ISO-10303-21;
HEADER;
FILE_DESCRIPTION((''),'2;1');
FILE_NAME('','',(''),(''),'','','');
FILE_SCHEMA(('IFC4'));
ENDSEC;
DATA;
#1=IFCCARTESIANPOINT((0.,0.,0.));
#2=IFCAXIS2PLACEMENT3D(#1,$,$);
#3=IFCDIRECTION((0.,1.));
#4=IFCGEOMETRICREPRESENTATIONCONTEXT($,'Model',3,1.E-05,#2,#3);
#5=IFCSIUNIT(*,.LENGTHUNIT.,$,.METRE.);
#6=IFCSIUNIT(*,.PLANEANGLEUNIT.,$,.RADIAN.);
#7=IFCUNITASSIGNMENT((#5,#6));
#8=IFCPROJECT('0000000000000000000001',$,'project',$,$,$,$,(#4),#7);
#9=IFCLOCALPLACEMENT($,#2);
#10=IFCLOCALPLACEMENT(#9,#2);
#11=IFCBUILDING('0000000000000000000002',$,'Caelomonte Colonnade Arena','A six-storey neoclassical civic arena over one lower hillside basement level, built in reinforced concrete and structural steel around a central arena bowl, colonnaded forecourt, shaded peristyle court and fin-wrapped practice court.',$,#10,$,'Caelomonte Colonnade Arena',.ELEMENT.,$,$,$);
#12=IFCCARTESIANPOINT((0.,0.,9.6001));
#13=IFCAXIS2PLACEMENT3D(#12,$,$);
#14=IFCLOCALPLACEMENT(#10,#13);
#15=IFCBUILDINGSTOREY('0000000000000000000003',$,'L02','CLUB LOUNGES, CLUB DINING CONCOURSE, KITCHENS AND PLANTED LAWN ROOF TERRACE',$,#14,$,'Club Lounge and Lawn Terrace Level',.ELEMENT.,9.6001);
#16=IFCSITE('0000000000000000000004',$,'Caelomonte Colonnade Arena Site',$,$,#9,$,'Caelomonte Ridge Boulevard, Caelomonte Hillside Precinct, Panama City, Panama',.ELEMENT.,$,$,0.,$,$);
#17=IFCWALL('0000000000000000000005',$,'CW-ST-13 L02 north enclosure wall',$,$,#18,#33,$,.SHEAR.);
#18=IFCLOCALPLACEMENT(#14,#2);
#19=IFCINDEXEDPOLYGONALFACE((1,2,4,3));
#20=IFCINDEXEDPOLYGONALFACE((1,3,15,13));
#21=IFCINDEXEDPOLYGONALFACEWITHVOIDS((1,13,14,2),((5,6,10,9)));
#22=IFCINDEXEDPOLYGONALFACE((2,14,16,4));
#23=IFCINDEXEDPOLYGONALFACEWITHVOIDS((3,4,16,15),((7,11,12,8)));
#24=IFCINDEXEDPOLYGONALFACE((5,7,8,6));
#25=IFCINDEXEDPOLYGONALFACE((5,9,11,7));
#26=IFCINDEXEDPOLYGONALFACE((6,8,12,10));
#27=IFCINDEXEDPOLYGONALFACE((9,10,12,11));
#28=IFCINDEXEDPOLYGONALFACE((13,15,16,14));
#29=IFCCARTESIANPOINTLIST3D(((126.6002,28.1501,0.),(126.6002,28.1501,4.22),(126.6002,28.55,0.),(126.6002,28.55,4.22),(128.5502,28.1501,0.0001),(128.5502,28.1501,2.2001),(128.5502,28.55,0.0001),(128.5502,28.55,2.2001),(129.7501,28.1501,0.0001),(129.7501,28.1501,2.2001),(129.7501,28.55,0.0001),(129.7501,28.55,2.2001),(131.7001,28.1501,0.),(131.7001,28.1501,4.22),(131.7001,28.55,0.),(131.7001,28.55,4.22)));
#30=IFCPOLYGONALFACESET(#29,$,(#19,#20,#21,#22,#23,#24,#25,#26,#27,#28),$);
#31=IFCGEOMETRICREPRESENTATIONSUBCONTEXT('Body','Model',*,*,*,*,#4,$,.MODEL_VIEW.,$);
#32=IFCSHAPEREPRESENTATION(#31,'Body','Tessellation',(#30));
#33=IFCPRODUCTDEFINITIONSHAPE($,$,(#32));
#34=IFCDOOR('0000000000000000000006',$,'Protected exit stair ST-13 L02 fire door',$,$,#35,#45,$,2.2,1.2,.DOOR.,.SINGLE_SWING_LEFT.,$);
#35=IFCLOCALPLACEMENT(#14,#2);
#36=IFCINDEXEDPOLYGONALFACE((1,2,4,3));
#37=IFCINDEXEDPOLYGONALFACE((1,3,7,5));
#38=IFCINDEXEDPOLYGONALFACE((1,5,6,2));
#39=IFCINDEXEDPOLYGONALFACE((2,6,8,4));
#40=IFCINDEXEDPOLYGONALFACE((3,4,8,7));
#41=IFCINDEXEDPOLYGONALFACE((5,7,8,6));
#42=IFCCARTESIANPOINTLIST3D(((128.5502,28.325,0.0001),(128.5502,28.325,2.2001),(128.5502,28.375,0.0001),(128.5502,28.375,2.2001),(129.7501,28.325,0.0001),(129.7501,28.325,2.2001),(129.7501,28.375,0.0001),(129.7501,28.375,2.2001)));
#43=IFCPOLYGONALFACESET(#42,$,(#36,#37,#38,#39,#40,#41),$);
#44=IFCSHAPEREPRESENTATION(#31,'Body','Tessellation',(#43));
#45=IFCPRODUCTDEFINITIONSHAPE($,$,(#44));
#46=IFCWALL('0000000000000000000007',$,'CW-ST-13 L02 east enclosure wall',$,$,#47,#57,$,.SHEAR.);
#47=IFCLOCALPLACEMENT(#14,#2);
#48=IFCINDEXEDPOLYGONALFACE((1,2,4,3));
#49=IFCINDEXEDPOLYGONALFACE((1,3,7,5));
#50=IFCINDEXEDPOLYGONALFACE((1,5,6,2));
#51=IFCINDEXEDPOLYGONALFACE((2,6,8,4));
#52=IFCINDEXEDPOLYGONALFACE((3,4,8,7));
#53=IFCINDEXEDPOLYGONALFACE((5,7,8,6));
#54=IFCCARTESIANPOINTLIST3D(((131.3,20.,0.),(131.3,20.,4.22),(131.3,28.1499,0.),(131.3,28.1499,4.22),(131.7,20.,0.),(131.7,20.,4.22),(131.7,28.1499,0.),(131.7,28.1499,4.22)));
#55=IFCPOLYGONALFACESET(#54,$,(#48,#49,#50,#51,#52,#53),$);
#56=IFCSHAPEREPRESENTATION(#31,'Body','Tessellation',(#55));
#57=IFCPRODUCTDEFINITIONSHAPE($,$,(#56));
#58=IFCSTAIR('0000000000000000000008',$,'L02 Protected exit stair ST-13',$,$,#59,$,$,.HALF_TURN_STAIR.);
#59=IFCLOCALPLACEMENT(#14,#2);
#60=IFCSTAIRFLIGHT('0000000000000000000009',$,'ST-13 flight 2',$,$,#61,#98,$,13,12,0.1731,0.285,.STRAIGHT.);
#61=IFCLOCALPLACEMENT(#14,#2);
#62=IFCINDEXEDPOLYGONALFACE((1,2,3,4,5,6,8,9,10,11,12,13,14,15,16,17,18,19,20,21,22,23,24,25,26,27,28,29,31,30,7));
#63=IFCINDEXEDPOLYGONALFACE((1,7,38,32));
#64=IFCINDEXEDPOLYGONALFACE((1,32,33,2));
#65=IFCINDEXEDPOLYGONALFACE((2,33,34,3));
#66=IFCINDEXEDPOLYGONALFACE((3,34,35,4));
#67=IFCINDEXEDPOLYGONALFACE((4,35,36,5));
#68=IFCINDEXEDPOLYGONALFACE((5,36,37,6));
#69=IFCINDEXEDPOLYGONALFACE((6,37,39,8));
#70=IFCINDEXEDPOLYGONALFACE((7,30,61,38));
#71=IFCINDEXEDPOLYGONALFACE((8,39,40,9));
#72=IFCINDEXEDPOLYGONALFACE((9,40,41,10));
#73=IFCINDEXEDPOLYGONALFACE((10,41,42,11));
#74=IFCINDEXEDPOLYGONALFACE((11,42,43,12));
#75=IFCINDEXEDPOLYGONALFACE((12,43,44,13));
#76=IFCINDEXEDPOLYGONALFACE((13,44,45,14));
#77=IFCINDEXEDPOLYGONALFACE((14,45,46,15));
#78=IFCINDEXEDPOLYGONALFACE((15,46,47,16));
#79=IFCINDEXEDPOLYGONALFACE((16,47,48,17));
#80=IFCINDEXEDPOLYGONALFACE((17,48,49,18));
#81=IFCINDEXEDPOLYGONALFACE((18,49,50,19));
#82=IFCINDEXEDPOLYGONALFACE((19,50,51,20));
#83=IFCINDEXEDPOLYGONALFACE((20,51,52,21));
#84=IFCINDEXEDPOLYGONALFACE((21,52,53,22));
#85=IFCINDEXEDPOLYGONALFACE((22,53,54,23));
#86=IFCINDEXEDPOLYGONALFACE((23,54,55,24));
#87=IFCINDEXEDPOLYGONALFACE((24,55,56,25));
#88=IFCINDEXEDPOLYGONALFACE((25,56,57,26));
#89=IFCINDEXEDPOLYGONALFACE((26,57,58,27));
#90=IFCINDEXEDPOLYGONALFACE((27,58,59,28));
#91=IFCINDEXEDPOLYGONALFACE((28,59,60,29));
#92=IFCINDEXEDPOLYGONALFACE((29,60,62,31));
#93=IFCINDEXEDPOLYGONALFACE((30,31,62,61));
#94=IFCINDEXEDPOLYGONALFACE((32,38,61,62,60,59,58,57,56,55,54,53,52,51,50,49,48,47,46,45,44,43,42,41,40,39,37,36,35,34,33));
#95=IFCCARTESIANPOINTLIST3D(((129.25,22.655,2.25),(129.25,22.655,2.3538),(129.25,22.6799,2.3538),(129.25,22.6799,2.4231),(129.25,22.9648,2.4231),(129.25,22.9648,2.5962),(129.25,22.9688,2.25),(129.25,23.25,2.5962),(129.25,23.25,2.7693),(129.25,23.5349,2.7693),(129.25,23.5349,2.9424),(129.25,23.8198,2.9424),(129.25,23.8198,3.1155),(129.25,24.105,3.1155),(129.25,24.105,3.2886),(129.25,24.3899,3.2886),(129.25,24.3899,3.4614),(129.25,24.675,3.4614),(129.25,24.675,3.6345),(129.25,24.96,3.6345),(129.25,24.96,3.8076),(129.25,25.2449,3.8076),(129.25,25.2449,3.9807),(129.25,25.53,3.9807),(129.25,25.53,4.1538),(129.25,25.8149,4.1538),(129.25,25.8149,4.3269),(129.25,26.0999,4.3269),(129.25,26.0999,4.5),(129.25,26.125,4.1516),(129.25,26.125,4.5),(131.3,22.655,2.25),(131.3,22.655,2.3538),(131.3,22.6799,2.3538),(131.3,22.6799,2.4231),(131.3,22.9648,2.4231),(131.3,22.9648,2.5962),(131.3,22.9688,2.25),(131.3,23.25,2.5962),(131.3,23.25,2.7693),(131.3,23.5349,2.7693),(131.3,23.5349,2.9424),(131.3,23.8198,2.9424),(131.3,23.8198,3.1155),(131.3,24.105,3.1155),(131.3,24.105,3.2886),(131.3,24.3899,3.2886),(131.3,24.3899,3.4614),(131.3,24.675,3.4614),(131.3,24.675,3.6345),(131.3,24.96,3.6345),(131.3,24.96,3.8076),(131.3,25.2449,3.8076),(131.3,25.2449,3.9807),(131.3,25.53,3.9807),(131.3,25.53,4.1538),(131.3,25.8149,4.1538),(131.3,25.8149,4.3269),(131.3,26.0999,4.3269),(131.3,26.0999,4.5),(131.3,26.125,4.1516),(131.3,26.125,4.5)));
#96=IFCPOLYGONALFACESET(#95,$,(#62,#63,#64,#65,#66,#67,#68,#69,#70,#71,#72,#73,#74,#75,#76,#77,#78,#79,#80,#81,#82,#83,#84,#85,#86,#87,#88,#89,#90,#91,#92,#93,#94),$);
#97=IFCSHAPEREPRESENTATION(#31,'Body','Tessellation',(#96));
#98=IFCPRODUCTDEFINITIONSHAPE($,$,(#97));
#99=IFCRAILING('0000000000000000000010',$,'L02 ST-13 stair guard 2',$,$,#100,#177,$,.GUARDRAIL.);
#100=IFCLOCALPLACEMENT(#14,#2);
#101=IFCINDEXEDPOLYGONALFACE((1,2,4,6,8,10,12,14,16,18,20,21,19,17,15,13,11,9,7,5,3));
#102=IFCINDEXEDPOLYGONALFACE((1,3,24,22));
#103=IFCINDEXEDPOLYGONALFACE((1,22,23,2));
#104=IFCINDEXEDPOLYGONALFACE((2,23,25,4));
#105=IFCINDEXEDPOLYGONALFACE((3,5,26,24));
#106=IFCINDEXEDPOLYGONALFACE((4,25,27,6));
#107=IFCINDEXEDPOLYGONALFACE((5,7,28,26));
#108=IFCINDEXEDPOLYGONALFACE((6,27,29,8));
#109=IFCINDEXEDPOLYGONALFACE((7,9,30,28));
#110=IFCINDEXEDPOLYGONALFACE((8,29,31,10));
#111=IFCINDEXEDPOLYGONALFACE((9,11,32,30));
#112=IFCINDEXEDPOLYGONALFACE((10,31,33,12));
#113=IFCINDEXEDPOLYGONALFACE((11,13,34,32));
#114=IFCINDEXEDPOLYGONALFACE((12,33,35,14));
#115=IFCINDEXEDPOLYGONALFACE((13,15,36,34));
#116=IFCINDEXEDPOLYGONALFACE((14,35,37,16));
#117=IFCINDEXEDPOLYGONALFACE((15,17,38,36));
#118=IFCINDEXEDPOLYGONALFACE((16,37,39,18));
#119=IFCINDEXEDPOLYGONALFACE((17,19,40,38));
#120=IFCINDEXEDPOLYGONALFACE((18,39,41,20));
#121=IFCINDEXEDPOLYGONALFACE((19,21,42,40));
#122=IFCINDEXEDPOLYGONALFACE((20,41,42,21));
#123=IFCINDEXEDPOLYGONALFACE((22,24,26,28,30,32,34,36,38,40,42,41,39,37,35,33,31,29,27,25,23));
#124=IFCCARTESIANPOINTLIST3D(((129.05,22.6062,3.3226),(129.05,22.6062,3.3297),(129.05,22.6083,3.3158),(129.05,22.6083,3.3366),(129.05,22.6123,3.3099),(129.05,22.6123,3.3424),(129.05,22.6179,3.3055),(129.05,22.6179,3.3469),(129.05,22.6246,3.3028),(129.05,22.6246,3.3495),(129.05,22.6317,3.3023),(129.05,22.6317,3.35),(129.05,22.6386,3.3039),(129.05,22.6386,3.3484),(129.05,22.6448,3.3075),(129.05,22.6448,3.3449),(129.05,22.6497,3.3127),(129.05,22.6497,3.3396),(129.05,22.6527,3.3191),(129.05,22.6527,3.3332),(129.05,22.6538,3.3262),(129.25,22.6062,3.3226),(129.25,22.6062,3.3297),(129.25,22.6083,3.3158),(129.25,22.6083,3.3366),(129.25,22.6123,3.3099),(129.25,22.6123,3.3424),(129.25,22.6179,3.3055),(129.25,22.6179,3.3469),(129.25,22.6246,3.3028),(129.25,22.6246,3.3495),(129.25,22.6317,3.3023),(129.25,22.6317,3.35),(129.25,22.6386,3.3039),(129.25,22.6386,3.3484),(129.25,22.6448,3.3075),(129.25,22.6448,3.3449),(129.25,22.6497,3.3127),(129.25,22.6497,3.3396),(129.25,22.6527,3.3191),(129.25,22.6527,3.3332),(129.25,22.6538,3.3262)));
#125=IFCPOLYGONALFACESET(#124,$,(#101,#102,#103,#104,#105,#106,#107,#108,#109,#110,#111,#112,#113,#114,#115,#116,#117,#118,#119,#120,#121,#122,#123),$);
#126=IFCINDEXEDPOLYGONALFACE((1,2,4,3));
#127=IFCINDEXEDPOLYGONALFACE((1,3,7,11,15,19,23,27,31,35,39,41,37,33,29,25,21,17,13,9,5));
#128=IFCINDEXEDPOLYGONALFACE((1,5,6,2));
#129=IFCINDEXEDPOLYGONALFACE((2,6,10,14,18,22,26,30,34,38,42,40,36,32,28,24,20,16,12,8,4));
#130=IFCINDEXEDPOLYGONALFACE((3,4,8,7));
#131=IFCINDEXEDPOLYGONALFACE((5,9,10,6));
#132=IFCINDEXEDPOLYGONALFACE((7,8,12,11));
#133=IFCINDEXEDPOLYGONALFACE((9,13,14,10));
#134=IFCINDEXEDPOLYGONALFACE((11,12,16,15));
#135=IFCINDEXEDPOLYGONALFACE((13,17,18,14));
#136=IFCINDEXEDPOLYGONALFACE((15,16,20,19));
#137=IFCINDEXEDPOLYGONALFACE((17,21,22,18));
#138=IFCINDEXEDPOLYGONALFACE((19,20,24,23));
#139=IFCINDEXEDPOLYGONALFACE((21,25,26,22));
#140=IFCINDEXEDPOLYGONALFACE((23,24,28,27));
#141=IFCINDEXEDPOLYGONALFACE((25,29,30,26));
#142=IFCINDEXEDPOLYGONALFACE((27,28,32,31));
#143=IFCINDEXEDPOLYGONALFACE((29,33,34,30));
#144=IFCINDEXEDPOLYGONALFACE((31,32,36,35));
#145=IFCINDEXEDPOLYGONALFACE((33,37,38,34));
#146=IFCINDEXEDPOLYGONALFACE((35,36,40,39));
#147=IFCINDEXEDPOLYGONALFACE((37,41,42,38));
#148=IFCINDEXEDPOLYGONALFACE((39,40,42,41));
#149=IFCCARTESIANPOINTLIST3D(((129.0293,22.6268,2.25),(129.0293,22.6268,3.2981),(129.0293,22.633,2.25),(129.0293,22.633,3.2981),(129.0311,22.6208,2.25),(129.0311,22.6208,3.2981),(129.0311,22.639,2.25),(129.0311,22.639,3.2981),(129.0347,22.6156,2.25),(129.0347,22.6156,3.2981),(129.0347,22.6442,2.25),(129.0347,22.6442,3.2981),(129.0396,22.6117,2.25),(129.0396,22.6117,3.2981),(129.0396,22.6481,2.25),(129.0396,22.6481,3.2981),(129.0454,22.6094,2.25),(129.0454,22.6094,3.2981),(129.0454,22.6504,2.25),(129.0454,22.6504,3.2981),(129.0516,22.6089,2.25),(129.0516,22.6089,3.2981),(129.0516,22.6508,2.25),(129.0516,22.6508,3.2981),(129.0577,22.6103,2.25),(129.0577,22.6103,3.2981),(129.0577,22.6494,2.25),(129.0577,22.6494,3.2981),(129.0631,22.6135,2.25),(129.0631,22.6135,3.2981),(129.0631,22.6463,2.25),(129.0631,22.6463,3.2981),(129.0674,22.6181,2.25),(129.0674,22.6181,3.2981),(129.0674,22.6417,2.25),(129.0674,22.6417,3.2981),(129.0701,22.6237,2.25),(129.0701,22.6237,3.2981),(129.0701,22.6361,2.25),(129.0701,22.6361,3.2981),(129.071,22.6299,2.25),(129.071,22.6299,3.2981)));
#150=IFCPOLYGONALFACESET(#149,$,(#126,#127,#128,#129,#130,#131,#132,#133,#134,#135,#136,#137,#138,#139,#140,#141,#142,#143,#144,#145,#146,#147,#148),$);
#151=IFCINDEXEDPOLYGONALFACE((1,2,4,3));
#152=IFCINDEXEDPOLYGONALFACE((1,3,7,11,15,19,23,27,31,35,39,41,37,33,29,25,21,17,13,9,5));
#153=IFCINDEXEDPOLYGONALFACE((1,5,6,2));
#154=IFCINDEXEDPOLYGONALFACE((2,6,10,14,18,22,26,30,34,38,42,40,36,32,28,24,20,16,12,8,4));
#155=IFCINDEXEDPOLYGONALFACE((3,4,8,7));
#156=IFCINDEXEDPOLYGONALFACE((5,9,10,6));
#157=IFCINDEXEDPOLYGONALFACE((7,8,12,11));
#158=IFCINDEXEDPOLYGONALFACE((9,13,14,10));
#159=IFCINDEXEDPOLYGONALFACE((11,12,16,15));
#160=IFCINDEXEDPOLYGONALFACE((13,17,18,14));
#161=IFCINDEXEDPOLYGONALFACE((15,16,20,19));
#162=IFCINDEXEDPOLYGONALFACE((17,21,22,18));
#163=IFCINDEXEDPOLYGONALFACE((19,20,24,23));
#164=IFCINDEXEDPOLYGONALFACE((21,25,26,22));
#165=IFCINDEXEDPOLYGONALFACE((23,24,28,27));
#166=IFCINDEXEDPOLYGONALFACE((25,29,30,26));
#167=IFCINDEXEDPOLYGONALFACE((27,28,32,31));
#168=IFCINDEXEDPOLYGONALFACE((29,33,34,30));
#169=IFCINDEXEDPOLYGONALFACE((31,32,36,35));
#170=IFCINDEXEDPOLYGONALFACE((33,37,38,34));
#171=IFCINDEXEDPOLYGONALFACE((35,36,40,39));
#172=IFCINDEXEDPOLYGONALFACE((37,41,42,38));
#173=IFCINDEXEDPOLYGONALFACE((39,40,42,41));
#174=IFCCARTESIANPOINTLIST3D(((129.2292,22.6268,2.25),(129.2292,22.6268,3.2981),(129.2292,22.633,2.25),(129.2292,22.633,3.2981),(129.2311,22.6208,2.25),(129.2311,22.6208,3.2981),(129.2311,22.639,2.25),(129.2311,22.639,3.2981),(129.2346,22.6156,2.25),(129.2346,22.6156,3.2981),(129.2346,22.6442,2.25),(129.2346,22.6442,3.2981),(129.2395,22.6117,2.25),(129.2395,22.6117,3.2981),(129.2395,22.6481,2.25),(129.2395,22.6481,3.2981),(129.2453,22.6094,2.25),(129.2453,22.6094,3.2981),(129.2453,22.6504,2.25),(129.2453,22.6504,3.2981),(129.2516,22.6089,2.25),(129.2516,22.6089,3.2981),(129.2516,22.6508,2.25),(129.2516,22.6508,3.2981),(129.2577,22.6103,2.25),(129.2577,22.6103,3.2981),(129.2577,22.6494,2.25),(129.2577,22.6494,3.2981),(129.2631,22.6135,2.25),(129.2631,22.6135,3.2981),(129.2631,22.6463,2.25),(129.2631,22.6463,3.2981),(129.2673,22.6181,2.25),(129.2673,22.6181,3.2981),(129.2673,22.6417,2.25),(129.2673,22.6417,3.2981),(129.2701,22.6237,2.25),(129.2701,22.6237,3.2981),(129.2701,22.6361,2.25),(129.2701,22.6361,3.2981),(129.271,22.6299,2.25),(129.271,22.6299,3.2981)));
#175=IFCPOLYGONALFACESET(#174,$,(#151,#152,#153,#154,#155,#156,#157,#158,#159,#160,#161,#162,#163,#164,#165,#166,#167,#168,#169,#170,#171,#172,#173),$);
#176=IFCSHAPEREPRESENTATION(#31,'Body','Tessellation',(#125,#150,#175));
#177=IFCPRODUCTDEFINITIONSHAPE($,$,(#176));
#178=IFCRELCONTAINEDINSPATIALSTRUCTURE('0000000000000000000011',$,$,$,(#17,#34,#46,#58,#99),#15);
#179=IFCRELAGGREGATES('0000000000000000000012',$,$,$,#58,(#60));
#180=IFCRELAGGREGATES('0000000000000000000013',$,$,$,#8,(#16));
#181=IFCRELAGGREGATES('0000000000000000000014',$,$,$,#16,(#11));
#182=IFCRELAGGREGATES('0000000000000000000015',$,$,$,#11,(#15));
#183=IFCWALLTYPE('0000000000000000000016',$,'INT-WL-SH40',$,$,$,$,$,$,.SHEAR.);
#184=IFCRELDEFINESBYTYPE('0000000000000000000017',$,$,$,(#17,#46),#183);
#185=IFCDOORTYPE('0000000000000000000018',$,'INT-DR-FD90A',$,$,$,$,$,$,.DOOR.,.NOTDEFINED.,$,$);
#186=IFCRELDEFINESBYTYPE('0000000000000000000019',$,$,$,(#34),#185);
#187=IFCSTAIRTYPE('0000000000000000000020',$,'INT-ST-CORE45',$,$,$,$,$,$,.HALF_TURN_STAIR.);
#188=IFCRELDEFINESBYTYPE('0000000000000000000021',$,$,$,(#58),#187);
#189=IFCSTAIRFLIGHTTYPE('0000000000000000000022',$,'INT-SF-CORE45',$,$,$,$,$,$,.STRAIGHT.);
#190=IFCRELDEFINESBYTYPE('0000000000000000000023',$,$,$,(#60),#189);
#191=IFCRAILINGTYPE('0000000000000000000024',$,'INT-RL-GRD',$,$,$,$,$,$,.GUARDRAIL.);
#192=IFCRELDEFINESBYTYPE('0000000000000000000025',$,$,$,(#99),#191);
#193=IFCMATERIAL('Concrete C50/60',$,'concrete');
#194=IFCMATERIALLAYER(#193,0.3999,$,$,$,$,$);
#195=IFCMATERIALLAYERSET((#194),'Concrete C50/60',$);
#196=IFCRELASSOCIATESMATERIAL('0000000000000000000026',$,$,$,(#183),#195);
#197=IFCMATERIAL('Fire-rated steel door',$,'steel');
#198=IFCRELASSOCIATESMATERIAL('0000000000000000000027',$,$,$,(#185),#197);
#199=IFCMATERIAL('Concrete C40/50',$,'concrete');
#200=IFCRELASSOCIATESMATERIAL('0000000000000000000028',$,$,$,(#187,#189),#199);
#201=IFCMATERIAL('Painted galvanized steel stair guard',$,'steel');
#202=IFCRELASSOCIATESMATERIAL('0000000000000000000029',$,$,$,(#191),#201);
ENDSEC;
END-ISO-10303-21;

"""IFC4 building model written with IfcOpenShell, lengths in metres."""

from ifc_helpers import new_model, si_unit, direction, frame, frame_2d, origin, origin_2d, place, context, subcontext, project, spatial, polyline, rectangle, circle, outline, extrude, material, layer, layer_set, type_object, element, fill, aggregate, save


model = new_model("IFC4")

# Units and contexts
model_context = context("Model", 3, precision=1e-05, world=origin(), true_north=direction((0.0, 1.0)))
body_context = subcontext(model_context, "Body", "Model", "MODEL_VIEW")
ifc_project = project(units=[si_unit("LENGTHUNIT", "METRE"), si_unit("PLANEANGLEUNIT", "RADIAN")], contexts=[model_context])

# Site, building, storey
site_placement = place(None, origin())
site = spatial("IfcSite", under=ifc_project, at=site_placement, Name="Caelomonte Colonnade Arena Site", LongName="Caelomonte Ridge Boulevard, Caelomonte Hillside Precinct, Panama City, Panama", CompositionType="ELEMENT", RefElevation=0.0)
building_placement = place(site_placement, origin())
building = spatial("IfcBuilding", under=site, at=building_placement, Name="Caelomonte Colonnade Arena", Description="A six-storey neoclassical civic arena over one lower hillside basement level, built in reinforced concrete and structural steel around a central arena bowl, colonnaded forecourt, shaded peristyle court and fin-wrapped practice court.", LongName="Caelomonte Colonnade Arena", CompositionType="ELEMENT")
storey_placement = place(building_placement, frame((0.0, 0.0, 9.6001)))
storey = spatial("IfcBuildingStorey", under=building, at=storey_placement, Name="L02", Description="CLUB LOUNGES, CLUB DINING CONCOURSE, KITCHENS AND PLANTED LAWN ROOF TERRACE", LongName="Club Lounge and Lawn Terrace Level", CompositionType="ELEMENT", Elevation=9.6001)

# Shared definitions
ifc_material_1 = material(Name="Concrete C50/60", Category="concrete")

# Wall, opening, door
ifc_layer_1 = layer(ifc_material_1, 0.3999)
ifc_layer_set_1 = layer_set([ifc_layer_1], Name="Concrete C50/60")
wall_type_1 = type_object("IfcWallType", Name="INT-WL-SH40", PredefinedType="SHEAR", material=ifc_layer_set_1)
wall_1_placement = place(storey_placement, frame((131.7, 28.3501, 0.0), z_axis=(0.0, 0.0, 1.0), x_axis=(-1.0, 0.0, 0.0)))
wall_1 = element("IfcWall", 1, at=wall_1_placement, inside=storey, type_object=wall_type_1, Name="CW-ST-13 L02 north enclosure wall", PredefinedType="SHEAR", context=body_context, shape_type="SweptSolid", body=[
    extrude(rectangle(XDim=5.0999, YDim=0.3999, at=frame_2d((2.5498, 0.0))), origin(), (0.0, 0.0, 1.0), 4.22),
])
opening_placement = place(wall_1_placement, frame((3.1499, 0.0, 0.0), z_axis=(0.0, 0.0, 1.0), x_axis=(-1.0, 0.0, 0.0)))
opening = element("IfcOpeningElement", 2, at=opening_placement, cuts=wall_1, PredefinedType="OPENING", context=body_context, shape_type="SweptSolid", body=[
    extrude(rectangle(XDim=1.2, YDim=2.2, at=frame_2d((0.6001, 1.1001))), frame((0.0, 0.21, 0.0), z_axis=(0.0, -1.0, 0.0), x_axis=(1.0, 0.0, 0.0)), (0.0, 0.0, 1.0), 0.4199),
])
ifc_material_2 = material(Name="Fire-rated steel door", Category="steel")
door_type = type_object("IfcDoorType", Name="INT-DR-FD90A", OperationType="NOTDEFINED", PredefinedType="DOOR", material=ifc_material_2)
door_placement = place(opening_placement, origin())
door = element("IfcDoor", 3, at=door_placement, inside=storey, type_object=door_type, Name="Protected exit stair ST-13 L02 fire door", OperationType="SINGLE_SWING_LEFT", OverallHeight=2.2, OverallWidth=1.2, PredefinedType="DOOR", context=body_context, shape_type="SweptSolid", body=[
    extrude(rectangle(XDim=1.2, YDim=2.2, at=frame_2d((0.6001, 1.1001))), frame((0.0, 0.0249, 0.0), z_axis=(0.0, -1.0, 0.0), x_axis=(1.0, 0.0, 0.0)), (0.0, 0.0, 1.0), 0.05),
])
fill(opening, door)

# Wall
wall_2_placement = place(storey_placement, frame((131.5, 20.0, 0.0), z_axis=(0.0, 0.0, 1.0), x_axis=(0.0, 1.0, 0.0)))
element("IfcWall", 4, at=wall_2_placement, inside=storey, type_object=wall_type_1, Name="CW-ST-13 L02 east enclosure wall", PredefinedType="SHEAR", context=body_context, shape_type="SweptSolid", body=[
    extrude(rectangle(XDim=8.1499, YDim=0.3999, at=frame_2d((4.075, 0.0))), origin(), (0.0, 0.0, 1.0), 4.22),
])

# Stair, stair flight
ifc_material_3 = material(Name="Concrete C40/50", Category="concrete")
stair_type = type_object("IfcStairType", Name="INT-ST-CORE45", PredefinedType="HALF_TURN_STAIR", material=ifc_material_3)
stair_placement = place(storey_placement, origin())
stair = element("IfcStair", 5, at=stair_placement, inside=storey, type_object=stair_type, Name="L02 Protected exit stair ST-13", PredefinedType="HALF_TURN_STAIR")
stair_flight_type = type_object("IfcStairFlightType", Name="INT-SF-CORE45", PredefinedType="STRAIGHT", material=ifc_material_3)
stair_flight_placement = place(storey_placement, frame((130.2749, 22.6799, 2.25), z_axis=(0.0, 0.0, 1.0), x_axis=(0.0, 1.0, 0.0)))
stair_flight = element("IfcStairFlight", 6, at=stair_flight_placement, type_object=stair_flight_type, Name="ST-13 flight 2", NumberOfRisers=13, NumberOfTreads=12, PredefinedType="STRAIGHT", RiserHeight=0.1731, TreadLength=0.285, context=body_context, shape_type="SweptSolid", body=[
    extrude(outline(polyline([(-0.0249, 0.0), (-0.0249, 0.1038), (0.0, 0.1038), (0.0, 0.1731), (0.2849, 0.1731), (0.2849, 0.3462), (0.5701, 0.3462), (0.5701, 0.5193), (0.855, 0.5193), (0.855, 0.6924), (1.1399, 0.6924), (1.1399, 0.8655), (1.425, 0.8655), (1.425, 1.0386), (1.71, 1.0386), (1.71, 1.2114), (1.9951, 1.2114), (1.9951, 1.3845), (2.28, 1.3845), (2.28, 1.5576), (2.5649, 1.5576), (2.5649, 1.7307), (2.8501, 1.7307), (2.8501, 1.9038), (3.135, 1.9038), (3.135, 2.0769), (3.4199, 2.0769), (3.4199, 2.25), (3.4451, 2.25), (3.4451, 1.9016), (0.2888, 0.0), (-0.0249, 0.0)])), frame((0.0, 1.0249, 0.0), z_axis=(0.0, -1.0, 0.0), x_axis=(1.0, 0.0, 0.0)), (0.0, 0.0, 1.0), 2.05),
])
aggregate(stair, [stair_flight])

# Railing
ifc_material_4 = material(Name="Painted galvanized steel stair guard", Category="steel")
railing_type_1 = type_object("IfcRailingType", Name="INT-RL-GRD", PredefinedType="GUARDRAIL", material=ifc_material_4)
railing_1_placement = place(storey_placement, frame((129.05, 22.6299, 2.25)))
element("IfcRailing", 7, at=railing_1_placement, inside=storey, type_object=railing_type_1, Name="L02 ST-13 stair guard 2", PredefinedType="GUARDRAIL", context=body_context, shape_type="SweptSolid", body=[
    extrude(circle(Radius=0.0239, at=origin_2d()), frame((0.0, 0.0, 1.0762), z_axis=(1.0, 0.0, 0.0), x_axis=(0.0, 1.0, 0.0)), (0.0, 0.0, 1.0), 0.2),
    extrude(circle(Radius=0.021, at=origin_2d()), origin(), (0.0, 0.0, 1.0), 1.0481),
    extrude(circle(Radius=0.021, at=origin_2d()), frame((0.2, 0.0, 0.0)), (0.0, 0.0, 1.0), 1.0481),
])

save(model, "model.ifc")
